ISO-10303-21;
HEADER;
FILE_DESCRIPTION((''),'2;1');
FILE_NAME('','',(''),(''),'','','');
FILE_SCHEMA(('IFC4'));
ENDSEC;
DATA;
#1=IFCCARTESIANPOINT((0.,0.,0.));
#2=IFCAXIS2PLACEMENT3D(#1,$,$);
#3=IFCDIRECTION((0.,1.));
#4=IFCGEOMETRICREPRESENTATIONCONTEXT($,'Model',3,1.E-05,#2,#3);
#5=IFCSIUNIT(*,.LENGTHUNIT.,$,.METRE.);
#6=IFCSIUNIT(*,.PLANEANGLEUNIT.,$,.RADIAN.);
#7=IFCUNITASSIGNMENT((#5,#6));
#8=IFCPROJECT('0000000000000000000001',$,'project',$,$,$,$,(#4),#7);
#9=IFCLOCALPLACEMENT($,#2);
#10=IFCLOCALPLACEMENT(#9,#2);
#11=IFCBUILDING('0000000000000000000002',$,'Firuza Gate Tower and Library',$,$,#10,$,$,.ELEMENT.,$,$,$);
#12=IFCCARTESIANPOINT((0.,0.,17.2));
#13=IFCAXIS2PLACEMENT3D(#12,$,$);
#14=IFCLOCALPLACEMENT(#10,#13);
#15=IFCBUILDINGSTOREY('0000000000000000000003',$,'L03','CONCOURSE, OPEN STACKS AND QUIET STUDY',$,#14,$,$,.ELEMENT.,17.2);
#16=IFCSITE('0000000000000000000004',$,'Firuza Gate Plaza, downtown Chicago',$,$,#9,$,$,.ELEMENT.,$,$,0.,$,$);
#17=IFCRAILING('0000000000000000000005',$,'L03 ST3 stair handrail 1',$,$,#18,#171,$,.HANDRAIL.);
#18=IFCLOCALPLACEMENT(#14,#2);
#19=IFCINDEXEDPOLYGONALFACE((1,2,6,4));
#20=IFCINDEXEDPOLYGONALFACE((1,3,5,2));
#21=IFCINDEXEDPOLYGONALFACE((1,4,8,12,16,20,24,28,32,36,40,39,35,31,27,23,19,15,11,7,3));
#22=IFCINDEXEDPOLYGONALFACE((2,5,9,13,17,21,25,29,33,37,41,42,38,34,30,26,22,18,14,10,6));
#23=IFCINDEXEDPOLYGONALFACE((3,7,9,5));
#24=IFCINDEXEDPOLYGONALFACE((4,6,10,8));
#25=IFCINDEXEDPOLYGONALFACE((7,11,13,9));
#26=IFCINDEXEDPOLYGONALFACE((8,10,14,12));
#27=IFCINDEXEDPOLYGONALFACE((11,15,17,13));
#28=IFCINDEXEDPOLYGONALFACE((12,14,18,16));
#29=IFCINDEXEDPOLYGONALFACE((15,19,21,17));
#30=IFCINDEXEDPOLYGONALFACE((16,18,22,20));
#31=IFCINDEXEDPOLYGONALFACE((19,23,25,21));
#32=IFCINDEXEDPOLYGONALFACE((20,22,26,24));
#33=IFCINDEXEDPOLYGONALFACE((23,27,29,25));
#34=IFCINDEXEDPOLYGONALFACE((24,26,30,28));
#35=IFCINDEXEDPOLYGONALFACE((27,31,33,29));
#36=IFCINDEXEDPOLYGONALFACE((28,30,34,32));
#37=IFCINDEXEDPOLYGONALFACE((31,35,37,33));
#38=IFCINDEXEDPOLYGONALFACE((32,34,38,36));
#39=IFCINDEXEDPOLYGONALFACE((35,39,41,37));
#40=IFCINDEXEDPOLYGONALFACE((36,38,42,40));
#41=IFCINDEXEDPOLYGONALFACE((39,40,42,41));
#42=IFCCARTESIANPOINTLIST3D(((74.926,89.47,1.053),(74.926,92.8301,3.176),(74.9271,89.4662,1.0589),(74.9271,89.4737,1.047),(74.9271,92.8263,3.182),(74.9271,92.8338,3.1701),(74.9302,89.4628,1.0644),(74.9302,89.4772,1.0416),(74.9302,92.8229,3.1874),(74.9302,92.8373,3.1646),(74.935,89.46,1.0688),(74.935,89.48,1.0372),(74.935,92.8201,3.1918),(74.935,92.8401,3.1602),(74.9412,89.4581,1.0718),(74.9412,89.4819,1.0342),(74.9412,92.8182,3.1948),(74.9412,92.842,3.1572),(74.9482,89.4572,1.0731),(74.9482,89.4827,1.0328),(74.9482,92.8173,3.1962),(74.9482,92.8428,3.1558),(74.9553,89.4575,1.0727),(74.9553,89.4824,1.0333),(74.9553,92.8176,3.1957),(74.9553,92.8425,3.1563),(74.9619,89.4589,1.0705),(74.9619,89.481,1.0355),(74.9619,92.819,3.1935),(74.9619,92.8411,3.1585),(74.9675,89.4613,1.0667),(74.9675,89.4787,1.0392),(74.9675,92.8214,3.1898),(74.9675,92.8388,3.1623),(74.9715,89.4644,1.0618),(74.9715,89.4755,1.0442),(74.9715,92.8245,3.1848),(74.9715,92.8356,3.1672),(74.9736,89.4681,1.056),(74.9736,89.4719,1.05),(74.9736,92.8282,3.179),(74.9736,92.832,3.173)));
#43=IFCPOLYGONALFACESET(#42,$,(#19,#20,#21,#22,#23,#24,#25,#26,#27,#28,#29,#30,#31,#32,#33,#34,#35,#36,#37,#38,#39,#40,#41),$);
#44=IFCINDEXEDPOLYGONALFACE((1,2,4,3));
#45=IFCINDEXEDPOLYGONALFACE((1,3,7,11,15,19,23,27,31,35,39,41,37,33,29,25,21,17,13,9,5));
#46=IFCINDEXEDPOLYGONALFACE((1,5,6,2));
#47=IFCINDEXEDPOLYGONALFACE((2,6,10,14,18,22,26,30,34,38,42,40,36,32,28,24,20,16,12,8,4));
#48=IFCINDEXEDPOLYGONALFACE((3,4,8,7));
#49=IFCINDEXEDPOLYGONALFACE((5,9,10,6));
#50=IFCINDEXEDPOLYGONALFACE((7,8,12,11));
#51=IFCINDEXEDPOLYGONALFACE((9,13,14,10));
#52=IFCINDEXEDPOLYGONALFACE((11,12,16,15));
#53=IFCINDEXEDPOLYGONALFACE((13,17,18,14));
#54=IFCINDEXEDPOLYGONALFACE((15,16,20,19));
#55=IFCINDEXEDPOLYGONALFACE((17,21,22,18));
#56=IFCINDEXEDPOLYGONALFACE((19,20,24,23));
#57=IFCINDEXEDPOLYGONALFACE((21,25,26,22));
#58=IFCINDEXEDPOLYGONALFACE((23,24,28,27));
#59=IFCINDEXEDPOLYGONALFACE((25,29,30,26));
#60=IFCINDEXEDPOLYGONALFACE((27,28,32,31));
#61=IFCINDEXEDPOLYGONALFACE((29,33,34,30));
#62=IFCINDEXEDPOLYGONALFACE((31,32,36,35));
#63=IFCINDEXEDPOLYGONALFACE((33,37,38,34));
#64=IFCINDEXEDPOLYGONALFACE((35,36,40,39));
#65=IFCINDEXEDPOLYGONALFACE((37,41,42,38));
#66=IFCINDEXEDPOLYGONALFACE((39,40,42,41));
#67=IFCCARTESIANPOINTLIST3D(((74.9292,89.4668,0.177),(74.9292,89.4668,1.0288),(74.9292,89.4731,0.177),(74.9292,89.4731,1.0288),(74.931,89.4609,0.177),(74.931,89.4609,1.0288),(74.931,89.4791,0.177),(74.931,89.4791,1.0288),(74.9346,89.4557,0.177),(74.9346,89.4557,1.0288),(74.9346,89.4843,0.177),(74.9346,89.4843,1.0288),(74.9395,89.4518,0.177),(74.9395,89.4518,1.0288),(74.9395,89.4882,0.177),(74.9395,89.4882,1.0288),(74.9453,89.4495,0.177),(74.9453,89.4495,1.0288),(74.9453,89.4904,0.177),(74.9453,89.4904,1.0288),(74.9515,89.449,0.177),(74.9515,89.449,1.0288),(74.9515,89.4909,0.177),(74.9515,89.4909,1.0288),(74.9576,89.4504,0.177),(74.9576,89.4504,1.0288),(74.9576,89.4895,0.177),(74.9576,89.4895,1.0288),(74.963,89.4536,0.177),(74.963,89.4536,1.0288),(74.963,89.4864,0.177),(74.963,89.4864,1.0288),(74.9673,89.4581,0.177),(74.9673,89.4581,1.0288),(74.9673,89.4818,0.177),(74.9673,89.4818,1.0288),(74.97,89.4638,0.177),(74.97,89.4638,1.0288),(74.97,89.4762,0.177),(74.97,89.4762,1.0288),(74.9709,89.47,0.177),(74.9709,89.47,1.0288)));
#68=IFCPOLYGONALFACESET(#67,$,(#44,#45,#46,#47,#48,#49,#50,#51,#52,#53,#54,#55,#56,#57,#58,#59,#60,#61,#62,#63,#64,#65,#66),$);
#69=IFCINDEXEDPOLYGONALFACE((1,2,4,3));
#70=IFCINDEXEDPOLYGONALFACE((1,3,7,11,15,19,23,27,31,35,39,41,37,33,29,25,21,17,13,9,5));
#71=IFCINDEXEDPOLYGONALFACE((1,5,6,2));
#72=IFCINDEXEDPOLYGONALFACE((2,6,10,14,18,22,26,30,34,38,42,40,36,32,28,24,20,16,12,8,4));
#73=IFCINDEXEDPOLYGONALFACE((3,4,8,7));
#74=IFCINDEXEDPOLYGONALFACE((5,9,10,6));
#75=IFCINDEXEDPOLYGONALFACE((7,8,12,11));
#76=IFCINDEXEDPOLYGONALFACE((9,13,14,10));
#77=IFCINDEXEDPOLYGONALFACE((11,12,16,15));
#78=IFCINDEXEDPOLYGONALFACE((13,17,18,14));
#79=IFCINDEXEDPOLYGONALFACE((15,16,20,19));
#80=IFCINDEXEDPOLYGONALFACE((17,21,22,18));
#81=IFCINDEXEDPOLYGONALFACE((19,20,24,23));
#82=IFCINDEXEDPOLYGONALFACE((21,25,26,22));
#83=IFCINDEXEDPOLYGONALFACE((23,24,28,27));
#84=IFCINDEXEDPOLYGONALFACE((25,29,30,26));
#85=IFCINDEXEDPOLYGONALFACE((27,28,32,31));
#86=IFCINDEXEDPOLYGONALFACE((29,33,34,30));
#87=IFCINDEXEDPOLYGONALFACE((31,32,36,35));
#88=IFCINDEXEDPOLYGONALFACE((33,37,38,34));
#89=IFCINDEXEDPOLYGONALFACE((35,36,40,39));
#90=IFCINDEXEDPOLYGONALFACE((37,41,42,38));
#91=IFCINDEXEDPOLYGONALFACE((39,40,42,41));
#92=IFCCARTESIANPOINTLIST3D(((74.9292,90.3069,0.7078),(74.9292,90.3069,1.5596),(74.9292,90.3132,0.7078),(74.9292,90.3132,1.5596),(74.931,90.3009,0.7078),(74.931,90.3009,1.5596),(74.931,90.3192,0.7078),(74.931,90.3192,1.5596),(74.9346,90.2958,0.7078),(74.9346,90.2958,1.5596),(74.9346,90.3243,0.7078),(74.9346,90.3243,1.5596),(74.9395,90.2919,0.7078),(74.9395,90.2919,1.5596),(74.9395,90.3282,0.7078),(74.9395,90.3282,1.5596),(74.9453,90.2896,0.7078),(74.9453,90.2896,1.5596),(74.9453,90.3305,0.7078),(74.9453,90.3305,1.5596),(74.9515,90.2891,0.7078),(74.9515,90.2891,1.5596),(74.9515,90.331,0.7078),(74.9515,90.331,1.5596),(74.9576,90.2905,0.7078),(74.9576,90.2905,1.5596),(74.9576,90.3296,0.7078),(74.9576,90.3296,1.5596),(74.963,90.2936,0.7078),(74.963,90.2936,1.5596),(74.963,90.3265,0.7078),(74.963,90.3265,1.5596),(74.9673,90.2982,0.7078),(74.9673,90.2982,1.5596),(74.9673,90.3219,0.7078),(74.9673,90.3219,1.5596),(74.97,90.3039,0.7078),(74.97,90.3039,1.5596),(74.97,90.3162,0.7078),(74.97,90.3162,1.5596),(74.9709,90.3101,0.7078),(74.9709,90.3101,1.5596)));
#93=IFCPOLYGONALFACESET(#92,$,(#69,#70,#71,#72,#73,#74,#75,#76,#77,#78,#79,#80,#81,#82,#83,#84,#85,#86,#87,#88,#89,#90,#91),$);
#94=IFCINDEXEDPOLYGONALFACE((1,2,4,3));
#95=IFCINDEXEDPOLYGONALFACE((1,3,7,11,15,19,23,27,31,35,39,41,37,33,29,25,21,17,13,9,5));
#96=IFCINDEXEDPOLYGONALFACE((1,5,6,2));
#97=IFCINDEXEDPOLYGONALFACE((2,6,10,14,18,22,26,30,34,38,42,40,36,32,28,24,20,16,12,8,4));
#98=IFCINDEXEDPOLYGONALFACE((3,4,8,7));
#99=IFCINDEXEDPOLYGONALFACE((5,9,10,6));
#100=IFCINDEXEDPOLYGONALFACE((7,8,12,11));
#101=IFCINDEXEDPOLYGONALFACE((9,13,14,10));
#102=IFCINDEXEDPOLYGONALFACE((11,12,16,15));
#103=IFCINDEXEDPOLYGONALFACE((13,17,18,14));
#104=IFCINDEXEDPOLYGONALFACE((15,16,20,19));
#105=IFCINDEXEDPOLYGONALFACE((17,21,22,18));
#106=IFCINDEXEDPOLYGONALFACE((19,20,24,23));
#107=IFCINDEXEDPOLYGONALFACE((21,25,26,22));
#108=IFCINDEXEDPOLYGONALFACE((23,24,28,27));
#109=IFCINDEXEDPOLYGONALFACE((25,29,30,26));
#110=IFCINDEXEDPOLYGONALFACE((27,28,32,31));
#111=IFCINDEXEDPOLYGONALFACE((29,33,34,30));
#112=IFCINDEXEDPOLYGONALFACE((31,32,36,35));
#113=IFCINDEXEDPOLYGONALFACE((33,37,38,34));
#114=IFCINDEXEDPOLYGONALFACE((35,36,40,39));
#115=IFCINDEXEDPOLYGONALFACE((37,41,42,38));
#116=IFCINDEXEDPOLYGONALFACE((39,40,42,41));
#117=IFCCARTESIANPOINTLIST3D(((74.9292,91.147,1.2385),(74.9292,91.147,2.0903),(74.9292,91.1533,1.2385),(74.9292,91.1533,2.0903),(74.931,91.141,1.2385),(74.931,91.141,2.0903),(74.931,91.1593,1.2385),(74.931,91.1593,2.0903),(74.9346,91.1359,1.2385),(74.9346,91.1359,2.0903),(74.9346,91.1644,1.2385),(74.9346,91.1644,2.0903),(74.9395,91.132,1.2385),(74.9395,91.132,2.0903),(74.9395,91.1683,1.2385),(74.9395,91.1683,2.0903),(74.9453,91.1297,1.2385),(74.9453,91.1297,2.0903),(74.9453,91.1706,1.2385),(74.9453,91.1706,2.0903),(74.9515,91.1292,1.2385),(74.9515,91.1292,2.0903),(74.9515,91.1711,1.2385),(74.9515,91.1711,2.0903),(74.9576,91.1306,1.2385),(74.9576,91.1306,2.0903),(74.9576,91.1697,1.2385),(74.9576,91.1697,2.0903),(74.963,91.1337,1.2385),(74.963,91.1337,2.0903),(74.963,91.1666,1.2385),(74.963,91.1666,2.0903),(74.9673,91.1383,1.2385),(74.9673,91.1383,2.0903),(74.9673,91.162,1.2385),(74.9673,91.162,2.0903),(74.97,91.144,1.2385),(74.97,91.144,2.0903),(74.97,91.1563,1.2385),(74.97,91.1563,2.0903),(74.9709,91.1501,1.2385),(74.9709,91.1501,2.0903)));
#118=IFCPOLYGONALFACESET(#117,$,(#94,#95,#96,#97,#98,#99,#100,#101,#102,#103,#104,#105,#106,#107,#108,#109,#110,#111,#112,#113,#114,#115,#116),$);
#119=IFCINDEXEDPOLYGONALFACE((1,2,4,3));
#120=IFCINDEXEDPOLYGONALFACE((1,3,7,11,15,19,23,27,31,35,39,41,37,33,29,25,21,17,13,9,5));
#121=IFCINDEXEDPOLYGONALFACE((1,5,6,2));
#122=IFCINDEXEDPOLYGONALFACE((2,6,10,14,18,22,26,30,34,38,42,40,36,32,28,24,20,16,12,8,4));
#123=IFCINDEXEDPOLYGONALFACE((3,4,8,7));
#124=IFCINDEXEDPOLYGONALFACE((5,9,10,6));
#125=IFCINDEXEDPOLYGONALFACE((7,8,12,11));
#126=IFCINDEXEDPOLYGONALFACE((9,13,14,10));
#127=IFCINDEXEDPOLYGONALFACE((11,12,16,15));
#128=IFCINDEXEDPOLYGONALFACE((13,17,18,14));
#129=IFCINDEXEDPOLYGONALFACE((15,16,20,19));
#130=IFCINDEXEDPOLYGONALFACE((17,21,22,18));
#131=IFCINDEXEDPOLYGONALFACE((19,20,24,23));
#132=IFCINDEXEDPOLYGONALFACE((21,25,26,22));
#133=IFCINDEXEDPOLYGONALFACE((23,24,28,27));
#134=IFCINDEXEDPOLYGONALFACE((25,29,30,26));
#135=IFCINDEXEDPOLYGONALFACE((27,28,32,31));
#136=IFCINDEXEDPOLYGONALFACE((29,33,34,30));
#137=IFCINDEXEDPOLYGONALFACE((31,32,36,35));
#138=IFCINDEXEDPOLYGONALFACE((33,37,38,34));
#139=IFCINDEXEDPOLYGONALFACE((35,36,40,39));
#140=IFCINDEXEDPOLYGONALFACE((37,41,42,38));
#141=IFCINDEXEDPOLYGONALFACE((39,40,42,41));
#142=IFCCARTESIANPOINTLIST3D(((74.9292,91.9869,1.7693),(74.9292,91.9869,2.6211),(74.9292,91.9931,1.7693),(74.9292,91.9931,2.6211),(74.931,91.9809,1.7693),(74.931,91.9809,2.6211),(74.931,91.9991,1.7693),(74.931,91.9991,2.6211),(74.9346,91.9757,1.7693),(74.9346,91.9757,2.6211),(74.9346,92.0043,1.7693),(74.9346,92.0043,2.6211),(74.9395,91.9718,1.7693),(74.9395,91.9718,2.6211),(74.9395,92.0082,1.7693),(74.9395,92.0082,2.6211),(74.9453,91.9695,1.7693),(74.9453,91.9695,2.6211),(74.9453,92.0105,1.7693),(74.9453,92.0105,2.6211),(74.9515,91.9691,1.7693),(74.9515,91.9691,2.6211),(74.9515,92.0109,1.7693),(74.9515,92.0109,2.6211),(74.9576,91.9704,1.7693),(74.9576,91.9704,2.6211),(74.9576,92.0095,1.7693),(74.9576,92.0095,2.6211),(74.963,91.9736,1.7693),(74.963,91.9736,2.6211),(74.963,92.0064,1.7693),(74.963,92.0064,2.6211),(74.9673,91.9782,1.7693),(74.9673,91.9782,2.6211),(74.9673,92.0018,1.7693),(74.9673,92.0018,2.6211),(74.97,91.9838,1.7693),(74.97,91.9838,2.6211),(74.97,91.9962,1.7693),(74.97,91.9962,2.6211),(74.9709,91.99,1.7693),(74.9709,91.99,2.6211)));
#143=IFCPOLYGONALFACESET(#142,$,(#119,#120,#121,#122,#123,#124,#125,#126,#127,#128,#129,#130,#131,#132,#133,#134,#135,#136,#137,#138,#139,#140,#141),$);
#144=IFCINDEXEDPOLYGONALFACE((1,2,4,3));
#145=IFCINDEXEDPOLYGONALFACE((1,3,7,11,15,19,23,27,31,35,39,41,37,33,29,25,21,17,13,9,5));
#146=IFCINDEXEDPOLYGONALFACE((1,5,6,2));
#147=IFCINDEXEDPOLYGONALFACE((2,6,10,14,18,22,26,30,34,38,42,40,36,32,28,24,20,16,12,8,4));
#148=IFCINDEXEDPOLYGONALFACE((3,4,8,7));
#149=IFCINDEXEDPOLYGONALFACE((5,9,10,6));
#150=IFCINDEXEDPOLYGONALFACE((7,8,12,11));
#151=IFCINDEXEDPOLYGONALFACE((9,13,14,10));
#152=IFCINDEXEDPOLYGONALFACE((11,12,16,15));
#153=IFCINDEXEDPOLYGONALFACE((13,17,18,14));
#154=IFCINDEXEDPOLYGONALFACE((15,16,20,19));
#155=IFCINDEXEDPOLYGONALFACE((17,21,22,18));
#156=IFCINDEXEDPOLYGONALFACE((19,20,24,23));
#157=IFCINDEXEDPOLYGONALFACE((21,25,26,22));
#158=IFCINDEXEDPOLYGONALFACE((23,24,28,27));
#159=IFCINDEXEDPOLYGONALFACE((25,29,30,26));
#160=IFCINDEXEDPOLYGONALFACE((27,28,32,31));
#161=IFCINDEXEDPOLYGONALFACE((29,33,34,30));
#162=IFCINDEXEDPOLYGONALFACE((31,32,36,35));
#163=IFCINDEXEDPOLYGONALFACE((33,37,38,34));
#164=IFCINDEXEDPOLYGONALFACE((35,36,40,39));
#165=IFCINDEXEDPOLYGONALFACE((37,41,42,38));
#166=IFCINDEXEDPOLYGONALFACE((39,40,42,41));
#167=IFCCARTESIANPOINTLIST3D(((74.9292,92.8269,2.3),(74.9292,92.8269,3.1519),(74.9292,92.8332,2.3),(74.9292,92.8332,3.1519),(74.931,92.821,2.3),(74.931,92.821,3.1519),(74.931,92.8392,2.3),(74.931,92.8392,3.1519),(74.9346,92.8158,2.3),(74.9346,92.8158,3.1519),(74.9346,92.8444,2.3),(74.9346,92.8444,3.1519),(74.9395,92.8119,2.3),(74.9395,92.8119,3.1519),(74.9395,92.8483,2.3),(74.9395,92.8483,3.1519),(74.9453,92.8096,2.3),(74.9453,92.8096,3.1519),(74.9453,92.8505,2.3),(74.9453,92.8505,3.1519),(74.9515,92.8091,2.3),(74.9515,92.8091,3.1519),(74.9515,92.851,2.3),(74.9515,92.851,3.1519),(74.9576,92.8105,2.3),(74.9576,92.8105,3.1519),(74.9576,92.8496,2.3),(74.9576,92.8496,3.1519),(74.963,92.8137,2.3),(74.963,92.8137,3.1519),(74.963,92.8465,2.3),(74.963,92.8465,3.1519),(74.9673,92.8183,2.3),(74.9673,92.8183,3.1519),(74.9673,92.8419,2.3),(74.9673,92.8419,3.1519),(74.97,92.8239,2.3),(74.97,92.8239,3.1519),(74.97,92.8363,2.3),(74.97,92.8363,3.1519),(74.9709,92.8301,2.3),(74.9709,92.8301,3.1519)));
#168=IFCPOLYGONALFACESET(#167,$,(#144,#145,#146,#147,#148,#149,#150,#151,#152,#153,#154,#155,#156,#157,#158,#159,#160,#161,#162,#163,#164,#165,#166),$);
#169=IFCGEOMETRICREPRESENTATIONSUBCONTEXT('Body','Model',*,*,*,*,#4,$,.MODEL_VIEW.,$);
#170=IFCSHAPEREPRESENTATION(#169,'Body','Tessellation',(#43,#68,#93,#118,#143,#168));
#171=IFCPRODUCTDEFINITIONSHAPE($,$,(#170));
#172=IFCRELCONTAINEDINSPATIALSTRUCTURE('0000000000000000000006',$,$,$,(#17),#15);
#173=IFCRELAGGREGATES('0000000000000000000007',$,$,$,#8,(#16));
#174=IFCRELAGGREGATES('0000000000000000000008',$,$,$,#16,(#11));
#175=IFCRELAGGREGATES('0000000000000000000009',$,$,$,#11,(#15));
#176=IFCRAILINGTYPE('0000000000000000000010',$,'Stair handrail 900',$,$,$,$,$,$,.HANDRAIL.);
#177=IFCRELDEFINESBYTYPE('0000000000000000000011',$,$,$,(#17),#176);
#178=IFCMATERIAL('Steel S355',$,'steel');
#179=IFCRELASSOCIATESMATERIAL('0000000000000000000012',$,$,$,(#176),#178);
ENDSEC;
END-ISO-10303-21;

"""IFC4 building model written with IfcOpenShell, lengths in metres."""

from ifc_helpers import new_model, si_unit, direction, frame, origin, origin_2d, place, context, subcontext, project, spatial, circle, extrude, material, type_object, element, save


model = new_model("IFC4")

# Units and contexts
model_context = context("Model", 3, precision=1e-05, world=origin(), true_north=direction((0.0, 1.0)))
body_context = subcontext(model_context, "Body", "Model", "MODEL_VIEW")
ifc_project = project(units=[si_unit("LENGTHUNIT", "METRE"), si_unit("PLANEANGLEUNIT", "RADIAN")], contexts=[model_context])

# Site, building, storey
site_placement = place(None, origin())
site = spatial("IfcSite", under=ifc_project, at=site_placement, Name="Firuza Gate Plaza, downtown Chicago", CompositionType="ELEMENT", RefElevation=0.0)
building_placement = place(site_placement, origin())
building = spatial("IfcBuilding", under=site, at=building_placement, Name="Firuza Gate Tower and Library", CompositionType="ELEMENT")
storey_placement = place(building_placement, frame((0.0, 0.0, 17.2)))
storey = spatial("IfcBuildingStorey", under=building, at=storey_placement, Name="L03", Description="CONCOURSE, OPEN STACKS AND QUIET STUDY", CompositionType="ELEMENT", Elevation=17.2)

# Railing
ifc_material_1 = material(Name="Steel S355", Category="steel")
railing_type_1 = type_object("IfcRailingType", Name="Stair handrail 900", PredefinedType="HANDRAIL", material=ifc_material_1)
railing_1_placement = place(storey_placement, frame((74.95, 89.47, 0.177)))
element("IfcRailing", 1, at=railing_1_placement, inside=storey, type_object=railing_type_1, Name="L03 ST3 stair handrail 1", PredefinedType="HANDRAIL", context=body_context, shape_type="SweptSolid", body=[
    extrude(circle(Radius=0.0239, at=origin_2d()), frame((0.0, 0.0, 0.876), z_axis=(0.0, 0.84539, 0.53415), x_axis=(-1.0, 0.0, 0.0)), (0.0, 0.0, 1.0), 3.9746),
    extrude(circle(Radius=0.021, at=origin_2d()), origin(), (0.0, 0.0, 1.0), 0.8518),
    extrude(circle(Radius=0.021, at=origin_2d()), frame((0.0, 0.8401, 0.5308)), (0.0, 0.0, 1.0), 0.8518),
    extrude(circle(Radius=0.021, at=origin_2d()), frame((0.0, 1.6802, 1.0615)), (0.0, 0.0, 1.0), 0.8518),
    extrude(circle(Radius=0.021, at=origin_2d()), frame((0.0, 2.52, 1.5923)), (0.0, 0.0, 1.0), 0.8518),
    extrude(circle(Radius=0.021, at=origin_2d()), frame((0.0, 3.3601, 2.123)), (0.0, 0.0, 1.0), 0.8518),
])

save(model, "model.ifc")
